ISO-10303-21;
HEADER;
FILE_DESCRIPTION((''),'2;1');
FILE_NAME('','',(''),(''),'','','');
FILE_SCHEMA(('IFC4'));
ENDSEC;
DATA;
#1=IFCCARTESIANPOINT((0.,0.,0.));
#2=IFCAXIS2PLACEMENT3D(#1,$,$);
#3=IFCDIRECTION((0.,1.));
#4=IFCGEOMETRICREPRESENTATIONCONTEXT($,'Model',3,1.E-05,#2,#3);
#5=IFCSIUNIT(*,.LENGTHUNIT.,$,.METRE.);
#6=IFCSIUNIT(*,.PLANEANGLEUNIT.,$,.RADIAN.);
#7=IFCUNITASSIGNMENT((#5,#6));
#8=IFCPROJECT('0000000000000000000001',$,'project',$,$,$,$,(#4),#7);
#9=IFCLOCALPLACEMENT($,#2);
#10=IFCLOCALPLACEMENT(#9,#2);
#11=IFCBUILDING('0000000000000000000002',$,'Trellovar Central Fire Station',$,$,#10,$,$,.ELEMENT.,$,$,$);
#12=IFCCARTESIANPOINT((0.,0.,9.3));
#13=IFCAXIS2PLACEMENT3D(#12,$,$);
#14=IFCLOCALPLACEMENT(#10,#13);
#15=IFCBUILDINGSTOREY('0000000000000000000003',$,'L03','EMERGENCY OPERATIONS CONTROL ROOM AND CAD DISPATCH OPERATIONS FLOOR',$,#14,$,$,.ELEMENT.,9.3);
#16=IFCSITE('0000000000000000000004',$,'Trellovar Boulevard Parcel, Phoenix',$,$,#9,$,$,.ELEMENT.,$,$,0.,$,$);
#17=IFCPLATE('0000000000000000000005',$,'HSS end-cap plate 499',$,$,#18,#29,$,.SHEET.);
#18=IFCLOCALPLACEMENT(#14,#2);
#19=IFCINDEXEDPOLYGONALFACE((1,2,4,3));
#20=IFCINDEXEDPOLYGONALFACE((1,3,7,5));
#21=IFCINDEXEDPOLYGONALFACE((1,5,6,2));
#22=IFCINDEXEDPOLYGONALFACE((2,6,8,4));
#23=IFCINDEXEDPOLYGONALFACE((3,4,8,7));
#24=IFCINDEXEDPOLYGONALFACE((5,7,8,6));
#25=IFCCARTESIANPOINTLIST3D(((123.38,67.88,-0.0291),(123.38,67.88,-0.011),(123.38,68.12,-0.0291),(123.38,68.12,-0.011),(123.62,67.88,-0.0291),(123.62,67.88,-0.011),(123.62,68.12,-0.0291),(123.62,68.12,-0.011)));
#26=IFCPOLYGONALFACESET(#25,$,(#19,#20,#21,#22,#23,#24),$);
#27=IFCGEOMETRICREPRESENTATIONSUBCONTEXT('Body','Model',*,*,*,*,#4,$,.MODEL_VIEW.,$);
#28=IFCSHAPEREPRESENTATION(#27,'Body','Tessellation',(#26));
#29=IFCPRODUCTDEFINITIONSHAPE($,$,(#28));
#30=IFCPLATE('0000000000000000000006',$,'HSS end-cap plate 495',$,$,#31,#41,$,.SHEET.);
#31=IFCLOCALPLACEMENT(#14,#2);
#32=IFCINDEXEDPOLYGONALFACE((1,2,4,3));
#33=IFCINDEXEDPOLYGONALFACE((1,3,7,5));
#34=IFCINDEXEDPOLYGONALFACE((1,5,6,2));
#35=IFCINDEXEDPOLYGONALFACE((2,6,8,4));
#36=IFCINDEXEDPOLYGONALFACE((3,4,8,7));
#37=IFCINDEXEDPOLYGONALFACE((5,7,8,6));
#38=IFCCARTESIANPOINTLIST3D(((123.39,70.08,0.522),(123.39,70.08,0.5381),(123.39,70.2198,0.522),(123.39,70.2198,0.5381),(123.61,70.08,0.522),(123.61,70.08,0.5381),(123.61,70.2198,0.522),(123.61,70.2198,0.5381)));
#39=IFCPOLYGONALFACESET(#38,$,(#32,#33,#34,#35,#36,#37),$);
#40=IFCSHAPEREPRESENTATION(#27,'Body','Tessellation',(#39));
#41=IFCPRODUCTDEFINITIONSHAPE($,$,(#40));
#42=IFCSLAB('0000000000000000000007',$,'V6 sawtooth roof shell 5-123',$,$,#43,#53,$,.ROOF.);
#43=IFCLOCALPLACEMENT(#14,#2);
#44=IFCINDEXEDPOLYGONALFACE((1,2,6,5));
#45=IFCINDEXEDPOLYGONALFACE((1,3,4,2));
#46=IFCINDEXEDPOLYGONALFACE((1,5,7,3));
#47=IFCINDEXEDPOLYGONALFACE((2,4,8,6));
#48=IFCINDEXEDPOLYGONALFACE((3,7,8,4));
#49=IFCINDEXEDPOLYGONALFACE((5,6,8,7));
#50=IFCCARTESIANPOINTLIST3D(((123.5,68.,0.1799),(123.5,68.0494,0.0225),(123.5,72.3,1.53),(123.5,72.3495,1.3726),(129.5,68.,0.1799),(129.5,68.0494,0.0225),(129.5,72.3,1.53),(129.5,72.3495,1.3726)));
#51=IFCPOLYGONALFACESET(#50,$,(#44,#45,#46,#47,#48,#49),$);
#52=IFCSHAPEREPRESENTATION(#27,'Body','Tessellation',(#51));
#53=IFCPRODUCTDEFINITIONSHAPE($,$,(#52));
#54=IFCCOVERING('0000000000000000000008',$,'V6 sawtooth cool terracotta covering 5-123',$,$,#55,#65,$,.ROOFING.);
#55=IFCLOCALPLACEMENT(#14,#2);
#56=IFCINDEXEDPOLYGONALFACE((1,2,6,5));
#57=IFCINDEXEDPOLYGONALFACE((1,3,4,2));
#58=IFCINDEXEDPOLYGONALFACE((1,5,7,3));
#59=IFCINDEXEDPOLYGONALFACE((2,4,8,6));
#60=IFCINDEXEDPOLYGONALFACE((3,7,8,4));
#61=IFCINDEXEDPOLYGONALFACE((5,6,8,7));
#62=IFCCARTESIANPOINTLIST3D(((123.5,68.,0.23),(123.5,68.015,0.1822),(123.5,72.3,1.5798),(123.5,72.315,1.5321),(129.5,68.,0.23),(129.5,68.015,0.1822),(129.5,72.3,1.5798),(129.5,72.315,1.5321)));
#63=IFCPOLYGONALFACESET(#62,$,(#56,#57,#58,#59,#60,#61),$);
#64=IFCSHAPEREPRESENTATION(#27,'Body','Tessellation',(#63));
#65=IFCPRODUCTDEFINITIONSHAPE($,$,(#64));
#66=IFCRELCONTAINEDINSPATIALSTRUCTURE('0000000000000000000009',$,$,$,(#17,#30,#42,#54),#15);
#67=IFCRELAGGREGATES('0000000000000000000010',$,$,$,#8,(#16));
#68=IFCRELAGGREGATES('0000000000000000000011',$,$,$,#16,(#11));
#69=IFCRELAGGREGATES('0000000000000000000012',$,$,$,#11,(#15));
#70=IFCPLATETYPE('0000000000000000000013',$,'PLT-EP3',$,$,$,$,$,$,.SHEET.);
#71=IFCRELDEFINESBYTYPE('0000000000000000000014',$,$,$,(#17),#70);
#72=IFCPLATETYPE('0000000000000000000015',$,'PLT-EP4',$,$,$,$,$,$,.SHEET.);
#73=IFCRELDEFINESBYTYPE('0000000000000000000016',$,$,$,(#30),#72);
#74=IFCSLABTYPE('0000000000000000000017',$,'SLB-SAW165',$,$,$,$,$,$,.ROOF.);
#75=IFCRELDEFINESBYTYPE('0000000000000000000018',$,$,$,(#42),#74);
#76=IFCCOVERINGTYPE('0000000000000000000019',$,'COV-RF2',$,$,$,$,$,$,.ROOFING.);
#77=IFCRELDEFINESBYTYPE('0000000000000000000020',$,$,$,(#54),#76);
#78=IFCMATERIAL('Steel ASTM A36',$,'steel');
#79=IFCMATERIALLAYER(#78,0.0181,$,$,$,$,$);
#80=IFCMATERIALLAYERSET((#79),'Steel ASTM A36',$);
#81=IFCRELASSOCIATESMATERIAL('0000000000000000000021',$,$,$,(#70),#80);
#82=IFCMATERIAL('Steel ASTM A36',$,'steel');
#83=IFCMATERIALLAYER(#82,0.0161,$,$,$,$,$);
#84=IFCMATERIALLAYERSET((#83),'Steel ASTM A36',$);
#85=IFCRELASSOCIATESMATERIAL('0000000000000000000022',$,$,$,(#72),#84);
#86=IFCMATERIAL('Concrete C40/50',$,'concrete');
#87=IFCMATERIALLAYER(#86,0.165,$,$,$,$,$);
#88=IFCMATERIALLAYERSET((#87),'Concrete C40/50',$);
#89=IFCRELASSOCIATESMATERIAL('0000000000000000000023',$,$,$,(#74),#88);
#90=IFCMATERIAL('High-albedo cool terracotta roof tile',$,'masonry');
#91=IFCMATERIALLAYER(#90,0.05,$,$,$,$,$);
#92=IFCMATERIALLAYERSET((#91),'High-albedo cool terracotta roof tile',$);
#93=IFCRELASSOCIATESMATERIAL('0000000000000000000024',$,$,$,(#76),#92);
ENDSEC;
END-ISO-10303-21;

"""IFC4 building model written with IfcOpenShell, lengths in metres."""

from ifc_helpers import new_model, si_unit, direction, frame, origin, origin_2d, place, context, subcontext, project, spatial, polyline, rectangle, outline, extrude, material, layer, layer_set, type_object, element, save


model = new_model("IFC4")

# Units and contexts
model_context = context("Model", 3, precision=1e-05, world=origin(), true_north=direction((0.0, 1.0)))
body_context = subcontext(model_context, "Body", "Model", "MODEL_VIEW")
ifc_project = project(units=[si_unit("LENGTHUNIT", "METRE"), si_unit("PLANEANGLEUNIT", "RADIAN")], contexts=[model_context])

# Site, building, storey
site_placement = place(None, origin())
site = spatial("IfcSite", under=ifc_project, at=site_placement, Name="Trellovar Boulevard Parcel, Phoenix", CompositionType="ELEMENT", RefElevation=0.0)
building_placement = place(site_placement, origin())
building = spatial("IfcBuilding", under=site, at=building_placement, Name="Trellovar Central Fire Station", CompositionType="ELEMENT")
storey_placement = place(building_placement, frame((0.0, 0.0, 9.3)))
storey = spatial("IfcBuildingStorey", under=building, at=storey_placement, Name="L03", Description="EMERGENCY OPERATIONS CONTROL ROOM AND CAD DISPATCH OPERATIONS FLOOR", CompositionType="ELEMENT", Elevation=9.3)

# Plates
ifc_material_1 = material(Name="Steel ASTM A36", Category="steel")
ifc_layer_1 = layer(ifc_material_1, 0.0181)
ifc_layer_set_1 = layer_set([ifc_layer_1], Name="Steel ASTM A36")
plate_type_1 = type_object("IfcPlateType", Name="PLT-EP3", PredefinedType="SHEET", material=ifc_layer_set_1)
for number, where, z_axis, x_axis, name in (
    (1, (123.5, 68.0, -0.0291), (0.0, 0.0, 1.0), (1.0, 0.0, 0.0), "HSS end-cap plate 499"),
):
    element("IfcPlate", number, at=place(storey_placement, frame(where, z_axis=z_axis, x_axis=x_axis)), inside=storey, type_object=plate_type_1, Name=name, PredefinedType="SHEET", context=body_context, shape_type="SweptSolid", body=[
        extrude(rectangle(XDim=0.24, YDim=0.24, at=origin_2d()), origin(), (0.0, 0.0, 1.0), 0.0181),
    ])
ifc_material_2 = material(Name="Steel ASTM A36", Category="steel")
ifc_layer_2 = layer(ifc_material_2, 0.0161)
ifc_layer_set_2 = layer_set([ifc_layer_2], Name="Steel ASTM A36")
plate_type_2 = type_object("IfcPlateType", Name="PLT-EP4", PredefinedType="SHEET", material=ifc_layer_set_2)
plate_1_placement = place(storey_placement, frame((123.5, 70.1499, 0.522), z_axis=(0.0, 0.0, 1.0), x_axis=(1.0, 0.0, 0.0)))
element("IfcPlate", 2, at=plate_1_placement, inside=storey, type_object=plate_type_2, Name="HSS end-cap plate 495", PredefinedType="SHEET", context=body_context, shape_type="SweptSolid", body=[
    extrude(rectangle(XDim=0.22, YDim=0.1399, at=origin_2d()), origin(), (0.0, 0.0, 1.0), 0.0161),
])

# Slab
ifc_material_3 = material(Name="Concrete C40/50", Category="concrete")
ifc_layer_3 = layer(ifc_material_3, 0.165)
ifc_layer_set_3 = layer_set([ifc_layer_3], Name="Concrete C40/50")
slab_type = type_object("IfcSlabType", Name="SLB-SAW165", PredefinedType="ROOF", material=ifc_layer_set_3)
slab_placement = place(storey_placement, frame((123.5, 68.0, 0.1799), z_axis=(0.0, -0.299555, 0.954079), x_axis=(1.0, 0.0, 0.0)))
element("IfcSlab", 3, at=slab_placement, inside=storey, type_object=slab_type, Name="V6 sawtooth roof shell 5-123", PredefinedType="ROOF", context=body_context, shape_type="SweptSolid", body=[
    extrude(outline(polyline([(0.0, 0.0), (6.0, 0.0), (6.0, 4.507), (0.0, 4.507), (0.0, 0.0)])), origin(), (0.0, 0.0, -1.0), 0.165),
])

# Covering
ifc_material_4 = material(Name="High-albedo cool terracotta roof tile", Category="masonry")
ifc_layer_4 = layer(ifc_material_4, 0.05)
ifc_layer_set_4 = layer_set([ifc_layer_4], Name="High-albedo cool terracotta roof tile")
covering_type = type_object("IfcCoveringType", Name="COV-RF2", PredefinedType="ROOFING", material=ifc_layer_set_4)
covering_placement = place(storey_placement, frame((123.5, 68.0, 0.23), z_axis=(0.0, -0.299505, 0.954095), x_axis=(1.0, 0.0, 0.0)))
element("IfcCovering", 4, at=covering_placement, inside=storey, type_object=covering_type, Name="V6 sawtooth cool terracotta covering 5-123", PredefinedType="ROOFING", context=body_context, shape_type="SweptSolid", body=[
    extrude(outline(polyline([(0.0, 0.0), (6.0, 0.0), (6.0, 4.5069), (0.0, 4.5069), (0.0, 0.0)])), origin(), (0.0, 0.0, -1.0), 0.05),
])

save(model, "model.ifc")
